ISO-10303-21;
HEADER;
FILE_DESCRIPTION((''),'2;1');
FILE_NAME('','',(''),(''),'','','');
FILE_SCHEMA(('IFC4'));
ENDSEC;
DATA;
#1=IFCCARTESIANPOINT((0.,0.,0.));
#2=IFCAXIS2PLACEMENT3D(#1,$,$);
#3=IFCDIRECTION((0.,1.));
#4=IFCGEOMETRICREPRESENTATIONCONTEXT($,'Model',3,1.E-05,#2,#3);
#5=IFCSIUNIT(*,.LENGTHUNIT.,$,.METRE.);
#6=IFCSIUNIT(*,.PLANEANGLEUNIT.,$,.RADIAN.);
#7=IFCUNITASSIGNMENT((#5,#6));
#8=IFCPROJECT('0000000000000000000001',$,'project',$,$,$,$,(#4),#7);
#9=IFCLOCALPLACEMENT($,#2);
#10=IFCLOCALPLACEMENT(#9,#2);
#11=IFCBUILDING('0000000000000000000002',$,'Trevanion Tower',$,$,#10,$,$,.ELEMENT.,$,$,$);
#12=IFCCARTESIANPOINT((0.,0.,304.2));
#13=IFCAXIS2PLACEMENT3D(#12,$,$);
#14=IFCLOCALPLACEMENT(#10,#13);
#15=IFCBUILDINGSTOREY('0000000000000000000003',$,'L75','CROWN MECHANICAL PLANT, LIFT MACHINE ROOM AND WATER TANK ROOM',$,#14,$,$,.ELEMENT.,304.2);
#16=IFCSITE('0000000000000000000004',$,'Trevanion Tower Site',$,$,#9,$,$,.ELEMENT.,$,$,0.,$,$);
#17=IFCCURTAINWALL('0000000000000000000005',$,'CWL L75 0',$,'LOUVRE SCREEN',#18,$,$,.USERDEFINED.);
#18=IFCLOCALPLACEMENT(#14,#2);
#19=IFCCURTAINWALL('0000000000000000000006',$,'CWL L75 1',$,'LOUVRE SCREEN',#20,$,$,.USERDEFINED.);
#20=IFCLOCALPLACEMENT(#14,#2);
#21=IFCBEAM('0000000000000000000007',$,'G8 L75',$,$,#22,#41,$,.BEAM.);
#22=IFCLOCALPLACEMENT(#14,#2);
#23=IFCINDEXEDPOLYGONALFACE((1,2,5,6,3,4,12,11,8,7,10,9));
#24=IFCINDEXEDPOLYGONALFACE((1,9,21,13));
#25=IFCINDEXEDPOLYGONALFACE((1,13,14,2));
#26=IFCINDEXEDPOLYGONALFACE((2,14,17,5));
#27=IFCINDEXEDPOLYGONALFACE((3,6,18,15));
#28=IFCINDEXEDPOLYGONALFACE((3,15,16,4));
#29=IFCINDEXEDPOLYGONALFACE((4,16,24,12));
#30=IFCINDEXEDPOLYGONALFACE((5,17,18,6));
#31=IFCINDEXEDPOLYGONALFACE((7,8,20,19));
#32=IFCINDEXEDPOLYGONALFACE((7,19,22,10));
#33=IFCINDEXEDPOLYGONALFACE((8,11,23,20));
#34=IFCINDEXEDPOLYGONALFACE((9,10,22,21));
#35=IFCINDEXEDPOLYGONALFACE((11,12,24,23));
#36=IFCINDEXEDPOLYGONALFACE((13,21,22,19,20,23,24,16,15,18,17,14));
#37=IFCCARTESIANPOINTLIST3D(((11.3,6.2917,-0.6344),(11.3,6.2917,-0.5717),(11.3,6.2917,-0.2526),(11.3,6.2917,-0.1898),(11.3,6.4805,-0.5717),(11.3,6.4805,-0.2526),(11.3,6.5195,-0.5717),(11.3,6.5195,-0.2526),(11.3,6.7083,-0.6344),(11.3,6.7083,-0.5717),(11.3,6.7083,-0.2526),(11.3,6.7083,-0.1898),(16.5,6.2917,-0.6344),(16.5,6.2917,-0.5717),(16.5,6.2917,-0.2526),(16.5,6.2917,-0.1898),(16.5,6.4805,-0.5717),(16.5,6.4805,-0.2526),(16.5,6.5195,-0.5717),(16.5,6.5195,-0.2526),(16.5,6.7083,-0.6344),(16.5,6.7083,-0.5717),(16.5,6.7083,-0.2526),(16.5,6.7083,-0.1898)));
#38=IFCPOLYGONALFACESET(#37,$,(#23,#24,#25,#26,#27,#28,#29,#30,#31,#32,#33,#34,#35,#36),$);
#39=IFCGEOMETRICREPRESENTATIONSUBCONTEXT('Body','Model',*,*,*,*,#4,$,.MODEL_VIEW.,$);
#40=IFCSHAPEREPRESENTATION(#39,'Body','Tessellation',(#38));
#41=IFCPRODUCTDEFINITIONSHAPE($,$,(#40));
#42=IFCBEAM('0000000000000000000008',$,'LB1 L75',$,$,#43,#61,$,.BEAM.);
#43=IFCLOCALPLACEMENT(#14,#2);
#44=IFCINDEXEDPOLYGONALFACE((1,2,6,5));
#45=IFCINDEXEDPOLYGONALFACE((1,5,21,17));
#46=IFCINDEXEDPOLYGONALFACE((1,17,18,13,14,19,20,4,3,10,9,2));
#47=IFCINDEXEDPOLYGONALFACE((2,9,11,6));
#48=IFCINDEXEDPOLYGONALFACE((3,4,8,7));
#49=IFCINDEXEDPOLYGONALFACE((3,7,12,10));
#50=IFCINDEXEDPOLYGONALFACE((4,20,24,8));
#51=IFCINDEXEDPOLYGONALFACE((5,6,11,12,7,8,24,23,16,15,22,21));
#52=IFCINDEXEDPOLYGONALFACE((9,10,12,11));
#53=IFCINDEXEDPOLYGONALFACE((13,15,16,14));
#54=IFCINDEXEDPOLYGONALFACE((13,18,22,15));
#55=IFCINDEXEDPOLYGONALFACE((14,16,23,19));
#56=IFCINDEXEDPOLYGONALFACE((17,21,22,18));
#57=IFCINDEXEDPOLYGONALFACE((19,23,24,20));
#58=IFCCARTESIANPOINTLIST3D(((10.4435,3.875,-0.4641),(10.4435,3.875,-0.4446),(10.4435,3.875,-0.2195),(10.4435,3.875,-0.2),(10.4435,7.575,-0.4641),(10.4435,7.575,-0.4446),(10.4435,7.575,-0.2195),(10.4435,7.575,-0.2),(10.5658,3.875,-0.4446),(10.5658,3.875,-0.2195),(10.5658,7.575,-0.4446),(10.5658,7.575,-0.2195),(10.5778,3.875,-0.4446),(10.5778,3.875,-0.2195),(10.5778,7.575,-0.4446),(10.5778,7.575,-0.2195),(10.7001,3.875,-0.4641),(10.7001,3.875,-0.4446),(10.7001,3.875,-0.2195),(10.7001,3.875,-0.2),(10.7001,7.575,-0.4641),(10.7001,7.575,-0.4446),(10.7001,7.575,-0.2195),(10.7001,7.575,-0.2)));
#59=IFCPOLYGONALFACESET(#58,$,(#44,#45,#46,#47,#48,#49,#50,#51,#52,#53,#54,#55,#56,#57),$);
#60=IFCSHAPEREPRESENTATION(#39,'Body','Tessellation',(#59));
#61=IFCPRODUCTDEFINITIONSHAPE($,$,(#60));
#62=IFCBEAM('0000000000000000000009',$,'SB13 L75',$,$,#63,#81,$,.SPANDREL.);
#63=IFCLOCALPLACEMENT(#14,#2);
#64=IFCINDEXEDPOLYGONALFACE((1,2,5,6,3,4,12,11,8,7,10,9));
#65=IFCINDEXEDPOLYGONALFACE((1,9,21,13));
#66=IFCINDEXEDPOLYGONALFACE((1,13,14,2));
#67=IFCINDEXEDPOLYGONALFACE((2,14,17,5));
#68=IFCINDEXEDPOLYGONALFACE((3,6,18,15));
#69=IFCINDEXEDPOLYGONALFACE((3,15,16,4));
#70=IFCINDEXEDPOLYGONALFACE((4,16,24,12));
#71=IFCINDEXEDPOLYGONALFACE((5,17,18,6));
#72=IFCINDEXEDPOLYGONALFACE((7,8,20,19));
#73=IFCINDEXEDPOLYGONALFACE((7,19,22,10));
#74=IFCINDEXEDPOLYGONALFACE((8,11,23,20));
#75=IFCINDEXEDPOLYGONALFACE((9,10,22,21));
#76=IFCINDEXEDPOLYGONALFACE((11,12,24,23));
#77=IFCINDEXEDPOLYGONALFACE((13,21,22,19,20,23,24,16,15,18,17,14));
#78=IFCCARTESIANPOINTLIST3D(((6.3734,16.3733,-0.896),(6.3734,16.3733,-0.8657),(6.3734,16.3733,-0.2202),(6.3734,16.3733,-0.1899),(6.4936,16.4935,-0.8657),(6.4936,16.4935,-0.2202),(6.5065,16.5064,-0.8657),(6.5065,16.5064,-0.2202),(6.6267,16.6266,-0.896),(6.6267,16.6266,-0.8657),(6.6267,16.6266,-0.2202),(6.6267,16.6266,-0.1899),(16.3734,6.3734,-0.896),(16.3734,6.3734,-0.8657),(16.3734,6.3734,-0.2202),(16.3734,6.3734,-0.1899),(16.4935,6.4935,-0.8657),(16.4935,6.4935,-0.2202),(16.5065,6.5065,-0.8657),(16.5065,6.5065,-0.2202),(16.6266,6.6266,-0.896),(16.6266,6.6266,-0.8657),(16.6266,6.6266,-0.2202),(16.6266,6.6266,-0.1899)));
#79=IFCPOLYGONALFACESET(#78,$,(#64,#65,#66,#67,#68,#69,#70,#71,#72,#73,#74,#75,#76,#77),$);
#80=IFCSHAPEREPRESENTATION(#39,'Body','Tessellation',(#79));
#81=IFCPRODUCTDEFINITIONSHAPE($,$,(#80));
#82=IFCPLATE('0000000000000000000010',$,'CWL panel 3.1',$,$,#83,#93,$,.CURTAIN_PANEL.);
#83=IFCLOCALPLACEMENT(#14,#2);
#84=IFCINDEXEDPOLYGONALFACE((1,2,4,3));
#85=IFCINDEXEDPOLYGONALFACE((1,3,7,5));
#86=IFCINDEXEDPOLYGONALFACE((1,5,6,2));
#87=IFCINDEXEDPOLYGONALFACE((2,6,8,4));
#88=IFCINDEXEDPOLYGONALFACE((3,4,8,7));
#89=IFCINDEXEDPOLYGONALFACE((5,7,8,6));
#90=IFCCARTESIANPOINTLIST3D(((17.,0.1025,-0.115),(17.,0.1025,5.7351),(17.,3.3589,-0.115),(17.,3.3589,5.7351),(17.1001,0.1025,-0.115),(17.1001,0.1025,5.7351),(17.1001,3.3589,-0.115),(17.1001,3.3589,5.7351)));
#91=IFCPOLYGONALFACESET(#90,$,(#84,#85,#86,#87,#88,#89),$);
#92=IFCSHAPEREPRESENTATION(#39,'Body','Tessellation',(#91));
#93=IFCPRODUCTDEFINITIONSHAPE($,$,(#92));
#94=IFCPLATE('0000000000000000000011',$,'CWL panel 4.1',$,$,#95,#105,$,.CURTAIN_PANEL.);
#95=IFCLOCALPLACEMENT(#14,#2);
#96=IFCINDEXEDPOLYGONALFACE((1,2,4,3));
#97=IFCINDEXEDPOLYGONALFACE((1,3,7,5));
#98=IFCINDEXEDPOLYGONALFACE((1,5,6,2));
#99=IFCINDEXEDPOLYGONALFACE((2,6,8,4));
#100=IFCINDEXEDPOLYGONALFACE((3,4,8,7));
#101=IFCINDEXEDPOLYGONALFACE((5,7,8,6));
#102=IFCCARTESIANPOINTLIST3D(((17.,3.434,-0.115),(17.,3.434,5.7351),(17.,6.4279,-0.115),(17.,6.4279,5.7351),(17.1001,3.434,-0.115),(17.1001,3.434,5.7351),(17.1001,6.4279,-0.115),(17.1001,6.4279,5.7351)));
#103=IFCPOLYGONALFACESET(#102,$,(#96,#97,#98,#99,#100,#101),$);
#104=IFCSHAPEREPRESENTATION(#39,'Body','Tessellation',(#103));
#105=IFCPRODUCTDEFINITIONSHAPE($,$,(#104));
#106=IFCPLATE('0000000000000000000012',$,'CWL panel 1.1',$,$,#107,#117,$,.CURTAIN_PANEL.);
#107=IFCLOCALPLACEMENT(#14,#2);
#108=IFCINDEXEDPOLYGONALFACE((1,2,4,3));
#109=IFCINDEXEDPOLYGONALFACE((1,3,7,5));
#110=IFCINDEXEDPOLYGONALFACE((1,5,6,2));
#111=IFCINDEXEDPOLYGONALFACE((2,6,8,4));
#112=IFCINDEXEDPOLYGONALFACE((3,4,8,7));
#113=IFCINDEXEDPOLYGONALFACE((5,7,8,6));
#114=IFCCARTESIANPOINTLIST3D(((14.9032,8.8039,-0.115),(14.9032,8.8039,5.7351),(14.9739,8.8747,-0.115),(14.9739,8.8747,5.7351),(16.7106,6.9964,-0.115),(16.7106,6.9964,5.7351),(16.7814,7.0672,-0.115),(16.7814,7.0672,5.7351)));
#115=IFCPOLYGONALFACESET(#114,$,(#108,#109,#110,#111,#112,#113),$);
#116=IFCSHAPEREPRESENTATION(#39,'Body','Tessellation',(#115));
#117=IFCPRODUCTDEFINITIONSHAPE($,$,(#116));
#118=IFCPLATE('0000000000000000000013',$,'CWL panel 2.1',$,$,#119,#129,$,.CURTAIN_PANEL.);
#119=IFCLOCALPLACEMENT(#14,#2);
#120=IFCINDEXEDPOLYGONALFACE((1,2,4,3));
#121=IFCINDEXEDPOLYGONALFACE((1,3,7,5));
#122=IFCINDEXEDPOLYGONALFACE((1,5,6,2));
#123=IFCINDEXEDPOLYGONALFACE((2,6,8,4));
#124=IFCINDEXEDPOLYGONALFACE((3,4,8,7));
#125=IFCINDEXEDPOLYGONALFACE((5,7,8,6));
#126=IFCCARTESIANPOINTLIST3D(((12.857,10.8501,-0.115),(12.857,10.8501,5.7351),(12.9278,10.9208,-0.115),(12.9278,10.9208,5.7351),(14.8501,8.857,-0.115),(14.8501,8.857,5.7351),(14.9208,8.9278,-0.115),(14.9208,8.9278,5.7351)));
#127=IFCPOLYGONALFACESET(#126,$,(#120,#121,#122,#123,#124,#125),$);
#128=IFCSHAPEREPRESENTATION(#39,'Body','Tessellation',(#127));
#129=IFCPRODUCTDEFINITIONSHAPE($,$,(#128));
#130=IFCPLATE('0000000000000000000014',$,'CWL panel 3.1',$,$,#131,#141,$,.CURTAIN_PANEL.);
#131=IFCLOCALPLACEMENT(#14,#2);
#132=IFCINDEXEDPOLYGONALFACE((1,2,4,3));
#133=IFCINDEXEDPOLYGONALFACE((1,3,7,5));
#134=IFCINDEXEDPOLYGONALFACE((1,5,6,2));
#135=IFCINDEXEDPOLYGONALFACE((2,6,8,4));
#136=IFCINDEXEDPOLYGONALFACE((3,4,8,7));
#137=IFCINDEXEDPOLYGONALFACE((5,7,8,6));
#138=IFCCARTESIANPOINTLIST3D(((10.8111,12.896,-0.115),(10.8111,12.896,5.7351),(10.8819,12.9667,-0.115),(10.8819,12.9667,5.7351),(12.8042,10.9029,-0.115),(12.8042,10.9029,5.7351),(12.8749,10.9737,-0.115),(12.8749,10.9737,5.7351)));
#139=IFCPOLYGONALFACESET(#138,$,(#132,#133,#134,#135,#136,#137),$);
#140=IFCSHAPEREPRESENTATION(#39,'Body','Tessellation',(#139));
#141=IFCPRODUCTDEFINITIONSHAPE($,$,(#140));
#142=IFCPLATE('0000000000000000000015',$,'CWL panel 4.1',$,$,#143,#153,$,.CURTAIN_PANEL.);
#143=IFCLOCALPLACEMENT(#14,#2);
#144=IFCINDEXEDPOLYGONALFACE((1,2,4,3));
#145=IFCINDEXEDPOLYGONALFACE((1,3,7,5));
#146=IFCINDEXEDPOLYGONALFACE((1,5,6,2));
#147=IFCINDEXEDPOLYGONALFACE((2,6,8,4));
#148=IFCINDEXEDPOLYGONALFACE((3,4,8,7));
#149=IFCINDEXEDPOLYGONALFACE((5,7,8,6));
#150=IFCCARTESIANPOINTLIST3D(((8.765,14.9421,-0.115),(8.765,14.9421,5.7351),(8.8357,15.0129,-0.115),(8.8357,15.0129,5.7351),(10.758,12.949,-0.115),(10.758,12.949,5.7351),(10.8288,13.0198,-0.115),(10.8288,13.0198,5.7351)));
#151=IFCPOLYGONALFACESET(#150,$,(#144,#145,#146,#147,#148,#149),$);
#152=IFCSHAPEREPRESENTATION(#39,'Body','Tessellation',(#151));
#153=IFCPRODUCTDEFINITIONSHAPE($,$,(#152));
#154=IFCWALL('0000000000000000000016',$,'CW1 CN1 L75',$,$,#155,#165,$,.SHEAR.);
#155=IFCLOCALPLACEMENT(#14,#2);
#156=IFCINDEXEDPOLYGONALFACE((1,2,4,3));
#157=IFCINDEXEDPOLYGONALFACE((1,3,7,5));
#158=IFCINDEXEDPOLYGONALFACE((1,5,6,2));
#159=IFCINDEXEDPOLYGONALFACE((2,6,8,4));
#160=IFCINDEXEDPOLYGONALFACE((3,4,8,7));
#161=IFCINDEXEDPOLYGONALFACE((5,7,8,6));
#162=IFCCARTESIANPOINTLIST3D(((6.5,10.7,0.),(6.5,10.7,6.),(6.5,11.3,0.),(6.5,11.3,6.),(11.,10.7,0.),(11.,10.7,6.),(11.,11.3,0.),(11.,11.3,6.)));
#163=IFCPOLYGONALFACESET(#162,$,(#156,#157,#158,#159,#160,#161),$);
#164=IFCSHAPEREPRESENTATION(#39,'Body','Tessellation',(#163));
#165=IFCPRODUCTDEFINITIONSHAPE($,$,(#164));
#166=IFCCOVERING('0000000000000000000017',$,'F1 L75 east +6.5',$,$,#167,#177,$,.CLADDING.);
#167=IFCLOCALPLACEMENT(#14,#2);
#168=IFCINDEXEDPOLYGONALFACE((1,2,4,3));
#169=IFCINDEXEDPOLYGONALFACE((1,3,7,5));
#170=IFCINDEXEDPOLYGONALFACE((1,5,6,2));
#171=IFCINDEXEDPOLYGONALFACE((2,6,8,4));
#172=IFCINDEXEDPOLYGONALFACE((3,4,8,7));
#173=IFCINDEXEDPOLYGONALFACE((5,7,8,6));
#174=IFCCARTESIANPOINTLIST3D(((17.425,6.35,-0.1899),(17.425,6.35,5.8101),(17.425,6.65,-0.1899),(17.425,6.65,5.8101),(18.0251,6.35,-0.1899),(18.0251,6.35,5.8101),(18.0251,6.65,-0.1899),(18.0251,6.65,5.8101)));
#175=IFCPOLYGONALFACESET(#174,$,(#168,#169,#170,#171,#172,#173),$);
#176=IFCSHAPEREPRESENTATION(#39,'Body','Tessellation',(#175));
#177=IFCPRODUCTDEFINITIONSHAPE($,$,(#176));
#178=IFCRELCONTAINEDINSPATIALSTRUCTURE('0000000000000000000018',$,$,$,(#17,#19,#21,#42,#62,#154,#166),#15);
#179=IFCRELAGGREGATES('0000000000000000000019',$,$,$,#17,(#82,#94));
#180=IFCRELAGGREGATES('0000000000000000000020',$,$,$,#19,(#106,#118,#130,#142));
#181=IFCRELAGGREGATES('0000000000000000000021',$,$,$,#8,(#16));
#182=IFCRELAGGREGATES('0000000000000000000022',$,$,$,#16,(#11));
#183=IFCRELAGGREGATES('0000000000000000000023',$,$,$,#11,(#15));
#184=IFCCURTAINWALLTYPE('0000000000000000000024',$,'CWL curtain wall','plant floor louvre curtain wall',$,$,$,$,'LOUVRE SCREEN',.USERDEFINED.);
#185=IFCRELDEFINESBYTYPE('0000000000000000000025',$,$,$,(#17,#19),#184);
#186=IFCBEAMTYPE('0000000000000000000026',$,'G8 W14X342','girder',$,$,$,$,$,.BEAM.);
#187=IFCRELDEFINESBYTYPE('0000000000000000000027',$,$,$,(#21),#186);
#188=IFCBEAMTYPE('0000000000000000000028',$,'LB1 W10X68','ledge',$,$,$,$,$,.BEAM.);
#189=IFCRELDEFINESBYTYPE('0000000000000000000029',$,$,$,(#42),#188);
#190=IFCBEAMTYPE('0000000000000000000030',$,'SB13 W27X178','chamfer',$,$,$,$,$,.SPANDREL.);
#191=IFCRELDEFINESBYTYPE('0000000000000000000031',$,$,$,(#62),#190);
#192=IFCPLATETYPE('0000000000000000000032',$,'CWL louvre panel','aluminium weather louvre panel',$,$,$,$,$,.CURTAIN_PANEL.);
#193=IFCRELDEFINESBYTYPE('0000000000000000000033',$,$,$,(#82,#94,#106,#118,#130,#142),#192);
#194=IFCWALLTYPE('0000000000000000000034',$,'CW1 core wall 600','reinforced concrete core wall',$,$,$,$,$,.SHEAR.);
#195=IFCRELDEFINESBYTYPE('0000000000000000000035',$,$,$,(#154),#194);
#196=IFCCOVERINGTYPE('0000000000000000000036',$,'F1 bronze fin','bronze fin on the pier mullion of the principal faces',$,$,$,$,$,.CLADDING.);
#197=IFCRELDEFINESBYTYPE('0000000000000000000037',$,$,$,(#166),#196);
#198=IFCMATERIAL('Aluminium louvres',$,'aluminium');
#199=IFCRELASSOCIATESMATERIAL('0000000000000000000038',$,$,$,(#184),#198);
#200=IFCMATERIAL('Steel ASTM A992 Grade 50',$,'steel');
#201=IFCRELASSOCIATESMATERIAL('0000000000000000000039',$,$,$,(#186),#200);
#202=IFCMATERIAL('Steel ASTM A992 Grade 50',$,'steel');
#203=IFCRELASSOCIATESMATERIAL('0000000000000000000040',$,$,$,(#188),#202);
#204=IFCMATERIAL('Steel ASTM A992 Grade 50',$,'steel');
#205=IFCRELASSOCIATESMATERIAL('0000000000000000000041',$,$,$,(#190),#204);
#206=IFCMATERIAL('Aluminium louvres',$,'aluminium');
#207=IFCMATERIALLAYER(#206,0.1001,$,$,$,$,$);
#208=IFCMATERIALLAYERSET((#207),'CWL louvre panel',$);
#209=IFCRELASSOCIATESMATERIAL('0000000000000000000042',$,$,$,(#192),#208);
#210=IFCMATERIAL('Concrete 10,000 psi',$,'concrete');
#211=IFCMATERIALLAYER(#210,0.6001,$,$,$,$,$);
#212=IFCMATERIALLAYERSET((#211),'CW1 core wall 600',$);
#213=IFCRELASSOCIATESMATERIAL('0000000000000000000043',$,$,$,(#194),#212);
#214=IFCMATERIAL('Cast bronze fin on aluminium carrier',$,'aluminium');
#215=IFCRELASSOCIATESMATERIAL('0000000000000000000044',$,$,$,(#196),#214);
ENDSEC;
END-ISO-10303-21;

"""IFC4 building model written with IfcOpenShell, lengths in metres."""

from ifc_helpers import new_model, si_unit, direction, frame, frame_2d, origin, origin_2d, place, context, subcontext, project, spatial, rectangle, i_section, extrude, material, layer, layer_set, material_profile, profile_set, type_object, element, aggregate, save


model = new_model("IFC4")

# Units and contexts
model_context = context("Model", 3, precision=1e-05, world=origin(), true_north=direction((0.0, 1.0)))
body_context = subcontext(model_context, "Body", "Model", "MODEL_VIEW")
ifc_project = project(units=[si_unit("LENGTHUNIT", "METRE"), si_unit("PLANEANGLEUNIT", "RADIAN")], contexts=[model_context])

# Site, building, storey
site_placement = place(None, origin())
site = spatial("IfcSite", under=ifc_project, at=site_placement, Name="Trevanion Tower Site", CompositionType="ELEMENT", RefElevation=0.0)
building_placement = place(site_placement, origin())
building = spatial("IfcBuilding", under=site, at=building_placement, Name="Trevanion Tower", CompositionType="ELEMENT")
storey_placement = place(building_placement, frame((0.0, 0.0, 304.2)))
storey = spatial("IfcBuildingStorey", under=building, at=storey_placement, Name="L75", Description="CROWN MECHANICAL PLANT, LIFT MACHINE ROOM AND WATER TANK ROOM", CompositionType="ELEMENT", Elevation=304.2)

# Curtain walls
ifc_material_1 = material(Name="Aluminium louvres", Category="aluminium")
curtain_wall_type = type_object("IfcCurtainWallType", Name="CWL curtain wall", Description="plant floor louvre curtain wall", ElementType="LOUVRE SCREEN", PredefinedType="USERDEFINED", material=ifc_material_1)
curtain_wall_1_placement = place(storey_placement, origin())
curtain_wall_1 = element("IfcCurtainWall", 1, at=curtain_wall_1_placement, inside=storey, type_object=curtain_wall_type, Name="CWL L75 0", ObjectType="LOUVRE SCREEN", PredefinedType="USERDEFINED")
curtain_wall_2_placement = place(storey_placement, origin())
curtain_wall_2 = element("IfcCurtainWall", 2, at=curtain_wall_2_placement, inside=storey, type_object=curtain_wall_type, Name="CWL L75 1", ObjectType="LOUVRE SCREEN", PredefinedType="USERDEFINED")

# Beams
ifc_material_2 = material(Name="Steel ASTM A992 Grade 50", Category="steel")
ifc_material_profile_1 = material_profile(ifc_material_2, i_section(OverallWidth=0.4165, OverallDepth=0.4446, WebThickness=0.0391, FlangeThickness=0.0627, at=origin_2d()), Name="W14X342")
ifc_profile_set_1 = profile_set([ifc_material_profile_1], Name="Steel ASTM A992 Grade 50")
beam_type_1 = type_object("IfcBeamType", Name="G8 W14X342", Description="girder", PredefinedType="BEAM", material=ifc_profile_set_1)
beam_1_placement = place(storey_placement, frame((11.3, 6.5, -0.4121), z_axis=(1.0, 0.0, 0.0), x_axis=(0.0, 1.0, 0.0)))
element("IfcBeam", 3, at=beam_1_placement, inside=storey, type_object=beam_type_1, Name="G8 L75", PredefinedType="BEAM", context=body_context, shape_type="SweptSolid", body=[
    extrude(i_section(OverallWidth=0.4165, OverallDepth=0.4446, WebThickness=0.0391, FlangeThickness=0.0627, at=origin_2d()), origin(), (0.0, 0.0, 1.0), 5.2),
])
ifc_material_3 = material(Name="Steel ASTM A992 Grade 50", Category="steel")
ifc_material_profile_2 = material_profile(ifc_material_3, i_section(OverallWidth=0.2566, OverallDepth=0.2642, WebThickness=0.012, FlangeThickness=0.0195, at=origin_2d()), Name="W10X68")
ifc_profile_set_2 = profile_set([ifc_material_profile_2], Name="Steel ASTM A992 Grade 50")
beam_type_2 = type_object("IfcBeamType", Name="LB1 W10X68", Description="ledge", PredefinedType="BEAM", material=ifc_profile_set_2)
beam_2_placement = place(storey_placement, frame((10.5718, 3.875, -0.332), z_axis=(0.0, 1.0, 0.0), x_axis=(-1.0, 0.0, 0.0)))
element("IfcBeam", 4, at=beam_2_placement, inside=storey, type_object=beam_type_2, Name="LB1 L75", PredefinedType="BEAM", context=body_context, shape_type="SweptSolid", body=[
    extrude(i_section(OverallWidth=0.2566, OverallDepth=0.2642, WebThickness=0.012, FlangeThickness=0.0195, at=origin_2d()), origin(), (0.0, 0.0, 1.0), 3.7),
])
ifc_material_4 = material(Name="Steel ASTM A992 Grade 50", Category="steel")
ifc_material_profile_3 = material_profile(ifc_material_4, i_section(OverallWidth=0.3582, OverallDepth=0.7061, WebThickness=0.0183, FlangeThickness=0.0303, at=origin_2d()), Name="W27X178")
ifc_profile_set_3 = profile_set([ifc_material_profile_3], Name="Steel ASTM A992 Grade 50")
beam_type_3 = type_object("IfcBeamType", Name="SB13 W27X178", Description="chamfer", PredefinedType="SPANDREL", material=ifc_profile_set_3)
beam_3_placement = place(storey_placement, frame((16.5, 6.5, -0.543), z_axis=(-0.707107, 0.707107, 0.0), x_axis=(-0.707107, -0.707107, 0.0)))
element("IfcBeam", 5, at=beam_3_placement, inside=storey, type_object=beam_type_3, Name="SB13 L75", PredefinedType="SPANDREL", context=body_context, shape_type="SweptSolid", body=[
    extrude(i_section(OverallWidth=0.3582, OverallDepth=0.7061, WebThickness=0.0183, FlangeThickness=0.0303, at=origin_2d()), origin(), (0.0, 0.0, 1.0), 14.1421),
])

# Plates
ifc_material_5 = material(Name="Aluminium louvres", Category="aluminium")
ifc_layer_1 = layer(ifc_material_5, 0.1001)
ifc_layer_set_1 = layer_set([ifc_layer_1], Name="CWL louvre panel")
plate_type = type_object("IfcPlateType", Name="CWL louvre panel", Description="aluminium weather louvre panel", PredefinedType="CURTAIN_PANEL", material=ifc_layer_set_1)
plate_1_placement = place(storey_placement, frame((17.05, 1.7307, -0.115), z_axis=(0.0, 0.0, 1.0), x_axis=(0.0, 1.0, 0.0)))
plate_1 = element("IfcPlate", 6, at=plate_1_placement, type_object=plate_type, Name="CWL panel 3.1", PredefinedType="CURTAIN_PANEL", context=body_context, shape_type="SweptSolid", body=[
    extrude(rectangle(XDim=3.2563, YDim=0.1001, at=origin_2d()), origin(), (0.0, 0.0, 1.0), 5.8501),
])
plate_2_placement = place(storey_placement, frame((17.05, 4.9309, -0.115), z_axis=(0.0, 0.0, 1.0), x_axis=(0.0, 1.0, 0.0)))
plate_2 = element("IfcPlate", 7, at=plate_2_placement, type_object=plate_type, Name="CWL panel 4.1", PredefinedType="CURTAIN_PANEL", context=body_context, shape_type="SweptSolid", body=[
    extrude(rectangle(XDim=2.9939, YDim=0.1001, at=origin_2d()), origin(), (0.0, 0.0, 1.0), 5.8501),
])
aggregate(curtain_wall_1, [plate_1, plate_2])
plate_3_placement = place(storey_placement, frame((15.8423, 7.9355, -0.115), z_axis=(0.0, 0.0, 1.0), x_axis=(-0.707107, 0.707107, 0.0)))
plate_3 = element("IfcPlate", 8, at=plate_3_placement, type_object=plate_type, Name="CWL panel 1.1", PredefinedType="CURTAIN_PANEL", context=body_context, shape_type="SweptSolid", body=[
    extrude(rectangle(XDim=2.5562, YDim=0.1001, at=origin_2d()), origin(), (0.0, 0.0, 1.0), 5.8501),
])
plate_4_placement = place(storey_placement, frame((13.8889, 9.8889, -0.115), z_axis=(0.0, 0.0, 1.0), x_axis=(-0.707107, 0.707107, 0.0)))
plate_4 = element("IfcPlate", 9, at=plate_4_placement, type_object=plate_type, Name="CWL panel 2.1", PredefinedType="CURTAIN_PANEL", context=body_context, shape_type="SweptSolid", body=[
    extrude(rectangle(XDim=2.8186, YDim=0.1001, at=origin_2d()), origin(), (0.0, 0.0, 1.0), 5.8501),
])
plate_5_placement = place(storey_placement, frame((11.843, 11.9348, -0.115), z_axis=(0.0, 0.0, 1.0), x_axis=(-0.707107, 0.707107, 0.0)))
plate_5 = element("IfcPlate", 10, at=plate_5_placement, type_object=plate_type, Name="CWL panel 3.1", PredefinedType="CURTAIN_PANEL", context=body_context, shape_type="SweptSolid", body=[
    extrude(rectangle(XDim=2.8186, YDim=0.1001, at=origin_2d()), origin(), (0.0, 0.0, 1.0), 5.8501),
])
plate_6_placement = place(storey_placement, frame((9.7969, 13.981, -0.115), z_axis=(0.0, 0.0, 1.0), x_axis=(-0.707107, 0.707107, 0.0)))
plate_6 = element("IfcPlate", 11, at=plate_6_placement, type_object=plate_type, Name="CWL panel 4.1", PredefinedType="CURTAIN_PANEL", context=body_context, shape_type="SweptSolid", body=[
    extrude(rectangle(XDim=2.8186, YDim=0.1001, at=origin_2d()), origin(), (0.0, 0.0, 1.0), 5.8501),
])
aggregate(curtain_wall_2, [plate_3, plate_4, plate_5, plate_6])

# Wall
ifc_material_6 = material(Name="Concrete 10,000 psi", Category="concrete")
ifc_layer_2 = layer(ifc_material_6, 0.6001)
ifc_layer_set_2 = layer_set([ifc_layer_2], Name="CW1 core wall 600")
wall_type = type_object("IfcWallType", Name="CW1 core wall 600", Description="reinforced concrete core wall", PredefinedType="SHEAR", material=ifc_layer_set_2)
wall_placement = place(storey_placement, frame((11.0, 11.0, 0.0), z_axis=(0.0, 0.0, 1.0), x_axis=(-1.0, 0.0, 0.0)))
element("IfcWall", 12, at=wall_placement, inside=storey, type_object=wall_type, Name="CW1 CN1 L75", PredefinedType="SHEAR", context=body_context, shape_type="SweptSolid", body=[
    extrude(rectangle(XDim=4.5, YDim=0.6001, at=frame_2d((2.25, 0.0))), origin(), (0.0, 0.0, 1.0), 6.0),
])

# Covering
ifc_material_7 = material(Name="Cast bronze fin on aluminium carrier", Category="aluminium")
covering_type = type_object("IfcCoveringType", Name="F1 bronze fin", Description="bronze fin on the pier mullion of the principal faces", PredefinedType="CLADDING", material=ifc_material_7)
covering_placement = place(storey_placement, frame((17.7251, 6.5, -0.1899), z_axis=(0.0, 0.0, 1.0), x_axis=(0.0, 1.0, 0.0)))
element("IfcCovering", 13, at=covering_placement, inside=storey, type_object=covering_type, Name="F1 L75 east +6.5", PredefinedType="CLADDING", context=body_context, shape_type="SweptSolid", body=[
    extrude(rectangle(XDim=0.3, YDim=0.6001, at=origin_2d()), origin(), (0.0, 0.0, 1.0), 6.0),
])

save(model, "model.ifc")
